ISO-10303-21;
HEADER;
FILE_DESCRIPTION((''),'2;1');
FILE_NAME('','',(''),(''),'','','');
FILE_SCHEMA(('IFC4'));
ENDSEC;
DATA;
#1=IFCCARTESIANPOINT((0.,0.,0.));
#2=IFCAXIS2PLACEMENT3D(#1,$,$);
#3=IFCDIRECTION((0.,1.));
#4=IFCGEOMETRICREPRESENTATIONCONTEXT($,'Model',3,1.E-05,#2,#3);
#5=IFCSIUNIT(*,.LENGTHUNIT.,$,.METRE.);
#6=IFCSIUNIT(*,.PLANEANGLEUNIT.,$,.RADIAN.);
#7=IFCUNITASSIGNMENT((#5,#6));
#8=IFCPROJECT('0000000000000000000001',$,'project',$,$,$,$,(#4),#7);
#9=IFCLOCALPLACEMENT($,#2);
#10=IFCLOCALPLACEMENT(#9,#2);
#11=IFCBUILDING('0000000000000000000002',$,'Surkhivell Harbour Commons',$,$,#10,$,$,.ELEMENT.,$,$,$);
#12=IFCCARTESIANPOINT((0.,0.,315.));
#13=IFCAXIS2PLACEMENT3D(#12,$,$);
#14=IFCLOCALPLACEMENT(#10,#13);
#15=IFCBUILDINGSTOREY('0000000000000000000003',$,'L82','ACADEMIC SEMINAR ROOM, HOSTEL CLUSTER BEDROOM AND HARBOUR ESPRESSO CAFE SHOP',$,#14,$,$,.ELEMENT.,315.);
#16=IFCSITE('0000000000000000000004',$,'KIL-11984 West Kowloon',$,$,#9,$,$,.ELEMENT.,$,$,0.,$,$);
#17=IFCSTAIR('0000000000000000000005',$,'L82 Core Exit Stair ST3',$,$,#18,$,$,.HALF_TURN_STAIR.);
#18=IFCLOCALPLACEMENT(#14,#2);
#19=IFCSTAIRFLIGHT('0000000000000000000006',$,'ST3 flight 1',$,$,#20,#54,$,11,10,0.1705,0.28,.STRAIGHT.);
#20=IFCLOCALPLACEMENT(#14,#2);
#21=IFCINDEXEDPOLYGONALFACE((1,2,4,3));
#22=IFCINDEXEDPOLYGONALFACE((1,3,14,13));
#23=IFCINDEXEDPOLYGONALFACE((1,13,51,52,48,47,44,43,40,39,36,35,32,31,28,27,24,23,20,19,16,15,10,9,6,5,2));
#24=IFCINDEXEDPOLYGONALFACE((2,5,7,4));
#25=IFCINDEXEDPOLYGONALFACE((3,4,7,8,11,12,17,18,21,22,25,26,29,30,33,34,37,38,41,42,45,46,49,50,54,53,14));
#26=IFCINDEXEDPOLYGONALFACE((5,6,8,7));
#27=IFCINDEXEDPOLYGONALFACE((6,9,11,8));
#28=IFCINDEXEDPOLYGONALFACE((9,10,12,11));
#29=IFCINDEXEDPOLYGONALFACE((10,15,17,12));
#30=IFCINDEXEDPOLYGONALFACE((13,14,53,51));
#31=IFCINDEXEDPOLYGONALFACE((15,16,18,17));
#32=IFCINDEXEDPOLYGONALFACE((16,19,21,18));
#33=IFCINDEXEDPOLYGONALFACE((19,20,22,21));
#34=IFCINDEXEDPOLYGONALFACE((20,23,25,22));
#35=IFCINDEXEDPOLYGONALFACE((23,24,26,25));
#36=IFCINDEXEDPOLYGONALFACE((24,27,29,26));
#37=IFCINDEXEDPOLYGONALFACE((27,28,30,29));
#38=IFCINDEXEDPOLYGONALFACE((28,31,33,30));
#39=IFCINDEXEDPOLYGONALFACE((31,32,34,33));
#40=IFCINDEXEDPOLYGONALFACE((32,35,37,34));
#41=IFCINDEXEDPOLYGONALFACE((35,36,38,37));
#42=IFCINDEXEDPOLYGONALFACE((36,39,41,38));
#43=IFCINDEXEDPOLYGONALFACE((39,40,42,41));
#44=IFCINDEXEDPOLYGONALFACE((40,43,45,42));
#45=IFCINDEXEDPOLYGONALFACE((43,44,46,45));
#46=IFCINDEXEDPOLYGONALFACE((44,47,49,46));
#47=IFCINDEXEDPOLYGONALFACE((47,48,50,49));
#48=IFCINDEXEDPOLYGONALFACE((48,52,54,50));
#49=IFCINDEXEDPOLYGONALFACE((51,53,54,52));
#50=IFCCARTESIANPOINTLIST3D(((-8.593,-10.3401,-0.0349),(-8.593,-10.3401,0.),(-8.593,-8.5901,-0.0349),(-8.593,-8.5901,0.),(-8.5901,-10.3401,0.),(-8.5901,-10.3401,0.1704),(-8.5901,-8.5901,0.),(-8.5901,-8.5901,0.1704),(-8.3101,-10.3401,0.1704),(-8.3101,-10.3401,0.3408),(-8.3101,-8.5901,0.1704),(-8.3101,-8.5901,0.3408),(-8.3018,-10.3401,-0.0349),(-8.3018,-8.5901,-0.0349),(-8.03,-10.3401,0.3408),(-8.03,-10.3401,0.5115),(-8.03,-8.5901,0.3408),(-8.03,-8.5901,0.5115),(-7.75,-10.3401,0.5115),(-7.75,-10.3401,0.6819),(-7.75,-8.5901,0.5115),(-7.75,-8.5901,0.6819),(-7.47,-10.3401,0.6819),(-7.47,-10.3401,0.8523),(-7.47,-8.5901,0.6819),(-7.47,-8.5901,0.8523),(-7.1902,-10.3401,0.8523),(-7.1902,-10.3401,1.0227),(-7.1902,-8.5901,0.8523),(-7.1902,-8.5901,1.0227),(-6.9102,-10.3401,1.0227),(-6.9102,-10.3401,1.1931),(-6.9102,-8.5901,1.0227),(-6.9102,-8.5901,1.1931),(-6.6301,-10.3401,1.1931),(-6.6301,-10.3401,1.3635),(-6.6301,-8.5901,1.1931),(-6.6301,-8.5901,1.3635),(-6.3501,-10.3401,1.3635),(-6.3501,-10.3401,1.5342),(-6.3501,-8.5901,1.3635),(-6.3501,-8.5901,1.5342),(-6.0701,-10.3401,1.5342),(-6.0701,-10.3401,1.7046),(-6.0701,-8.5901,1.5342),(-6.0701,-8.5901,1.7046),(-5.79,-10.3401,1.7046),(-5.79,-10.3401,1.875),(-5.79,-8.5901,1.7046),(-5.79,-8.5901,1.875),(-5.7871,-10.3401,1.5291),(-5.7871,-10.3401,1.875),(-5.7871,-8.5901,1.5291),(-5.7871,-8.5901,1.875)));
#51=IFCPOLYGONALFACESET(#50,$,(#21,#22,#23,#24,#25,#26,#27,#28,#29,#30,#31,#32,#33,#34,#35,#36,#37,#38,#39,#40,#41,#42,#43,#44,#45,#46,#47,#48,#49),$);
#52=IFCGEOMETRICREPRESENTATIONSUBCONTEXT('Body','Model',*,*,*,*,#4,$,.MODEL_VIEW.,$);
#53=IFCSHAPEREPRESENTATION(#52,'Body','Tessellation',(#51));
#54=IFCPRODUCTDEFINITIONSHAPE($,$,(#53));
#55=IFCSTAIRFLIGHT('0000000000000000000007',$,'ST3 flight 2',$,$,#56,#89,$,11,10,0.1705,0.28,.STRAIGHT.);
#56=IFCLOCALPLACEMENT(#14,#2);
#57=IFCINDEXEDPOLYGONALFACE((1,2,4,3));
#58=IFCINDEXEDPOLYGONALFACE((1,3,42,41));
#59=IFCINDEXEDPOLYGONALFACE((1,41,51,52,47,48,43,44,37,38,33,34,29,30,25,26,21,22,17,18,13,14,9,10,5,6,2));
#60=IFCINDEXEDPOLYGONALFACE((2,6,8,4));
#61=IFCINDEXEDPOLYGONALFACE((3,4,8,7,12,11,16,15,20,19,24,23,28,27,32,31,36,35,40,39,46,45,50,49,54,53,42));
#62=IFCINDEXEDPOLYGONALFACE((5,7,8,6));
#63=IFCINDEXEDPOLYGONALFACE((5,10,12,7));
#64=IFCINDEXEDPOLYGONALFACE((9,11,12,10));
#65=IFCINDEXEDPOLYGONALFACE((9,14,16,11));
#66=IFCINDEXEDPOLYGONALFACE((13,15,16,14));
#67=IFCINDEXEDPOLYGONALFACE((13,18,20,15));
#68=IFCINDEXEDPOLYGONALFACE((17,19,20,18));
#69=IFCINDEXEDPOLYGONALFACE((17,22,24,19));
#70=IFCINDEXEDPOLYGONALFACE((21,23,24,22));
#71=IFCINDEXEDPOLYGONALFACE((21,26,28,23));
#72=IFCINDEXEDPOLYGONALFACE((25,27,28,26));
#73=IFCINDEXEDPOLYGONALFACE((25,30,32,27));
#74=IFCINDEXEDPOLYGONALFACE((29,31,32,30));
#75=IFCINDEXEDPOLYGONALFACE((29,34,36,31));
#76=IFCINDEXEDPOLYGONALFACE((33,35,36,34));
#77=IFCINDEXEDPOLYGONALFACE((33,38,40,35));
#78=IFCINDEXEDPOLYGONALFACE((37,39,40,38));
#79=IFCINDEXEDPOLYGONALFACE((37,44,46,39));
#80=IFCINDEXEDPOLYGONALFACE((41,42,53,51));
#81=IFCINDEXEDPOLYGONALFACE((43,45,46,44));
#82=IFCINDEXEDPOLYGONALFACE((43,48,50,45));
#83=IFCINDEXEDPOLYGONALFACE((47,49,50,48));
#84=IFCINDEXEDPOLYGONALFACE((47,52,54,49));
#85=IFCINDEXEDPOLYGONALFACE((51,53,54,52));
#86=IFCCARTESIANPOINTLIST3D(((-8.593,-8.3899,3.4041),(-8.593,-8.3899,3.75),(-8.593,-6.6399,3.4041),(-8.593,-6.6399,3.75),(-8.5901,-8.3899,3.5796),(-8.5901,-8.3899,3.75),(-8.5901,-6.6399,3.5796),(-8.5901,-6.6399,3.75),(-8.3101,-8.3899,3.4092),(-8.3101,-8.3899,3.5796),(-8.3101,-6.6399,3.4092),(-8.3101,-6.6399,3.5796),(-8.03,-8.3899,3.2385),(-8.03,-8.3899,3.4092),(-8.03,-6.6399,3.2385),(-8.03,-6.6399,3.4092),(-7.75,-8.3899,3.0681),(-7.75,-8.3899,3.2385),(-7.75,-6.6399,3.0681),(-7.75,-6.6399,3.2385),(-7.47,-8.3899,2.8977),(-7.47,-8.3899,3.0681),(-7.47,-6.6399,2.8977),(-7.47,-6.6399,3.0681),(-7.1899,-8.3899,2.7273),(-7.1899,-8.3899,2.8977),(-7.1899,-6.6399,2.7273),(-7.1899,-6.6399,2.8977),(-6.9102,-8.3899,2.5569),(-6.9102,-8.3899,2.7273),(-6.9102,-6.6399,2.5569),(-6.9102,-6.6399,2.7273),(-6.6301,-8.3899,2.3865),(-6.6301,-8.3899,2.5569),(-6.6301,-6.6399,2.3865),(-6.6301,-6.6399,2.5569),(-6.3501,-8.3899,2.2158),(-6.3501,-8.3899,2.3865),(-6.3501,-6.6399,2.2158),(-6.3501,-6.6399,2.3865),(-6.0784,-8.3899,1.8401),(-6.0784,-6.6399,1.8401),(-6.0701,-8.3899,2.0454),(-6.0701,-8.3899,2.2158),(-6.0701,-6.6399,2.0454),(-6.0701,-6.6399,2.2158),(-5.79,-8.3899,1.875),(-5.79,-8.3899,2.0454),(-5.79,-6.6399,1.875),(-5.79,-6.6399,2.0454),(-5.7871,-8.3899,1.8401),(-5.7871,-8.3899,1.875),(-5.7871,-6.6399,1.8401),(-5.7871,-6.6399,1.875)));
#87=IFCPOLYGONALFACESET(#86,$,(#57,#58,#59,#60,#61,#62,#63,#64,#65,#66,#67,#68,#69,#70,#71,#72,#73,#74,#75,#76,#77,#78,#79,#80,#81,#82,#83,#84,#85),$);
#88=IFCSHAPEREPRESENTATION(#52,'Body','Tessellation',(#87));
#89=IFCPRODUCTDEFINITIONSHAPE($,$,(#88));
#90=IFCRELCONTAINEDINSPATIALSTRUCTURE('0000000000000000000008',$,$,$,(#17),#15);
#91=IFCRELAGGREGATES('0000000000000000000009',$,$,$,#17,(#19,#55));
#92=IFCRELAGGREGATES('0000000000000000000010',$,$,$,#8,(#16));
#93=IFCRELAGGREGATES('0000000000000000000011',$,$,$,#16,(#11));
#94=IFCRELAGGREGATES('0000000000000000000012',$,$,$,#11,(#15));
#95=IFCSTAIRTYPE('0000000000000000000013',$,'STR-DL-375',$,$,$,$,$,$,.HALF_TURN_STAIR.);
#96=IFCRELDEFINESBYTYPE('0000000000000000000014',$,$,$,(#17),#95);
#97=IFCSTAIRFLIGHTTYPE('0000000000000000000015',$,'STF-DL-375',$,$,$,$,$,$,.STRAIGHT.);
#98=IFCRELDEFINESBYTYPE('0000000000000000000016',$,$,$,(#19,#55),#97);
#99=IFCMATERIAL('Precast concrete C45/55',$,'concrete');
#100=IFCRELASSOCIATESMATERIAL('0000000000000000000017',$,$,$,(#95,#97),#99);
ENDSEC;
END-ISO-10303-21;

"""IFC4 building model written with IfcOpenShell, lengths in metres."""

from ifc_helpers import new_model, si_unit, direction, frame, origin, place, context, subcontext, project, spatial, polyline, outline, extrude, material, type_object, element, aggregate, save


model = new_model("IFC4")

# Units and contexts
model_context = context("Model", 3, precision=1e-05, world=origin(), true_north=direction((0.0, 1.0)))
body_context = subcontext(model_context, "Body", "Model", "MODEL_VIEW")
ifc_project = project(units=[si_unit("LENGTHUNIT", "METRE"), si_unit("PLANEANGLEUNIT", "RADIAN")], contexts=[model_context])

# Site, building, storey
site_placement = place(None, origin())
site = spatial("IfcSite", under=ifc_project, at=site_placement, Name="KIL-11984 West Kowloon", CompositionType="ELEMENT", RefElevation=0.0)
building_placement = place(site_placement, origin())
building = spatial("IfcBuilding", under=site, at=building_placement, Name="Surkhivell Harbour Commons", CompositionType="ELEMENT")
storey_placement = place(building_placement, frame((0.0, 0.0, 315.0)))
storey = spatial("IfcBuildingStorey", under=building, at=storey_placement, Name="L82", Description="ACADEMIC SEMINAR ROOM, HOSTEL CLUSTER BEDROOM AND HARBOUR ESPRESSO CAFE SHOP", CompositionType="ELEMENT", Elevation=315.0)

# Stair, stair flights
ifc_material_1 = material(Name="Precast concrete C45/55", Category="concrete")
stair_type = type_object("IfcStairType", Name="STR-DL-375", PredefinedType="HALF_TURN_STAIR", material=ifc_material_1)
stair_placement = place(storey_placement, origin())
stair = element("IfcStair", 1, at=stair_placement, inside=storey, type_object=stair_type, Name="L82 Core Exit Stair ST3", PredefinedType="HALF_TURN_STAIR")
stair_flight_type = type_object("IfcStairFlightType", Name="STF-DL-375", PredefinedType="STRAIGHT", material=ifc_material_1)
stair_flight_1_placement = place(storey_placement, frame((-8.5901, -9.4651, 0.0), z_axis=(0.0, 0.0, 1.0), x_axis=(1.0, 0.0, 0.0)))
stair_flight_1 = element("IfcStairFlight", 2, at=stair_flight_1_placement, type_object=stair_flight_type, Name="ST3 flight 1", NumberOfRisers=11, NumberOfTreads=10, PredefinedType="STRAIGHT", RiserHeight=0.1705, TreadLength=0.28, context=body_context, shape_type="SweptSolid", body=[
    extrude(outline(polyline([(-0.0029, -0.0349), (-0.0029, 0.0), (0.0, 0.0), (0.0, 0.1704), (0.28, 0.1704), (0.28, 0.3408), (0.5601, 0.3408), (0.5601, 0.5115), (0.8401, 0.5115), (0.8401, 0.6819), (1.1201, 0.6819), (1.1201, 0.8523), (1.3999, 0.8523), (1.3999, 1.0227), (1.6799, 1.0227), (1.6799, 1.1931), (1.96, 1.1931), (1.96, 1.3635), (2.24, 1.3635), (2.24, 1.5342), (2.52, 1.5342), (2.52, 1.7046), (2.8, 1.7046), (2.8, 1.875), (2.803, 1.875), (2.803, 1.5291), (0.2883, -0.0349), (-0.0029, -0.0349)])), frame((0.0, 0.875, 0.0), z_axis=(0.0, -1.0, 0.0), x_axis=(1.0, 0.0, 0.0)), (0.0, 0.0, 1.0), 1.75),
])
stair_flight_2_placement = place(storey_placement, frame((-5.79, -7.5149, 1.875), z_axis=(0.0, 0.0, 1.0), x_axis=(-1.0, 0.0, 0.0)))
stair_flight_2 = element("IfcStairFlight", 3, at=stair_flight_2_placement, type_object=stair_flight_type, Name="ST3 flight 2", NumberOfRisers=11, NumberOfTreads=10, PredefinedType="STRAIGHT", RiserHeight=0.1705, TreadLength=0.28, context=body_context, shape_type="SweptSolid", body=[
    extrude(outline(polyline([(-0.0029, -0.0349), (-0.0029, 0.0), (0.0, 0.0), (0.0, 0.1704), (0.28, 0.1704), (0.28, 0.3408), (0.5601, 0.3408), (0.5601, 0.5115), (0.8401, 0.5115), (0.8401, 0.6819), (1.1201, 0.6819), (1.1201, 0.8523), (1.3999, 0.8523), (1.3999, 1.0227), (1.6799, 1.0227), (1.6799, 1.1931), (1.96, 1.1931), (1.96, 1.3635), (2.24, 1.3635), (2.24, 1.5342), (2.52, 1.5342), (2.52, 1.7046), (2.8, 1.7046), (2.8, 1.875), (2.803, 1.875), (2.803, 1.5291), (0.2883, -0.0349), (-0.0029, -0.0349)])), frame((0.0, 0.875, 0.0), z_axis=(0.0, -1.0, 0.0), x_axis=(1.0, 0.0, 0.0)), (0.0, 0.0, 1.0), 1.75),
])
aggregate(stair, [stair_flight_1, stair_flight_2])

save(model, "model.ifc")
